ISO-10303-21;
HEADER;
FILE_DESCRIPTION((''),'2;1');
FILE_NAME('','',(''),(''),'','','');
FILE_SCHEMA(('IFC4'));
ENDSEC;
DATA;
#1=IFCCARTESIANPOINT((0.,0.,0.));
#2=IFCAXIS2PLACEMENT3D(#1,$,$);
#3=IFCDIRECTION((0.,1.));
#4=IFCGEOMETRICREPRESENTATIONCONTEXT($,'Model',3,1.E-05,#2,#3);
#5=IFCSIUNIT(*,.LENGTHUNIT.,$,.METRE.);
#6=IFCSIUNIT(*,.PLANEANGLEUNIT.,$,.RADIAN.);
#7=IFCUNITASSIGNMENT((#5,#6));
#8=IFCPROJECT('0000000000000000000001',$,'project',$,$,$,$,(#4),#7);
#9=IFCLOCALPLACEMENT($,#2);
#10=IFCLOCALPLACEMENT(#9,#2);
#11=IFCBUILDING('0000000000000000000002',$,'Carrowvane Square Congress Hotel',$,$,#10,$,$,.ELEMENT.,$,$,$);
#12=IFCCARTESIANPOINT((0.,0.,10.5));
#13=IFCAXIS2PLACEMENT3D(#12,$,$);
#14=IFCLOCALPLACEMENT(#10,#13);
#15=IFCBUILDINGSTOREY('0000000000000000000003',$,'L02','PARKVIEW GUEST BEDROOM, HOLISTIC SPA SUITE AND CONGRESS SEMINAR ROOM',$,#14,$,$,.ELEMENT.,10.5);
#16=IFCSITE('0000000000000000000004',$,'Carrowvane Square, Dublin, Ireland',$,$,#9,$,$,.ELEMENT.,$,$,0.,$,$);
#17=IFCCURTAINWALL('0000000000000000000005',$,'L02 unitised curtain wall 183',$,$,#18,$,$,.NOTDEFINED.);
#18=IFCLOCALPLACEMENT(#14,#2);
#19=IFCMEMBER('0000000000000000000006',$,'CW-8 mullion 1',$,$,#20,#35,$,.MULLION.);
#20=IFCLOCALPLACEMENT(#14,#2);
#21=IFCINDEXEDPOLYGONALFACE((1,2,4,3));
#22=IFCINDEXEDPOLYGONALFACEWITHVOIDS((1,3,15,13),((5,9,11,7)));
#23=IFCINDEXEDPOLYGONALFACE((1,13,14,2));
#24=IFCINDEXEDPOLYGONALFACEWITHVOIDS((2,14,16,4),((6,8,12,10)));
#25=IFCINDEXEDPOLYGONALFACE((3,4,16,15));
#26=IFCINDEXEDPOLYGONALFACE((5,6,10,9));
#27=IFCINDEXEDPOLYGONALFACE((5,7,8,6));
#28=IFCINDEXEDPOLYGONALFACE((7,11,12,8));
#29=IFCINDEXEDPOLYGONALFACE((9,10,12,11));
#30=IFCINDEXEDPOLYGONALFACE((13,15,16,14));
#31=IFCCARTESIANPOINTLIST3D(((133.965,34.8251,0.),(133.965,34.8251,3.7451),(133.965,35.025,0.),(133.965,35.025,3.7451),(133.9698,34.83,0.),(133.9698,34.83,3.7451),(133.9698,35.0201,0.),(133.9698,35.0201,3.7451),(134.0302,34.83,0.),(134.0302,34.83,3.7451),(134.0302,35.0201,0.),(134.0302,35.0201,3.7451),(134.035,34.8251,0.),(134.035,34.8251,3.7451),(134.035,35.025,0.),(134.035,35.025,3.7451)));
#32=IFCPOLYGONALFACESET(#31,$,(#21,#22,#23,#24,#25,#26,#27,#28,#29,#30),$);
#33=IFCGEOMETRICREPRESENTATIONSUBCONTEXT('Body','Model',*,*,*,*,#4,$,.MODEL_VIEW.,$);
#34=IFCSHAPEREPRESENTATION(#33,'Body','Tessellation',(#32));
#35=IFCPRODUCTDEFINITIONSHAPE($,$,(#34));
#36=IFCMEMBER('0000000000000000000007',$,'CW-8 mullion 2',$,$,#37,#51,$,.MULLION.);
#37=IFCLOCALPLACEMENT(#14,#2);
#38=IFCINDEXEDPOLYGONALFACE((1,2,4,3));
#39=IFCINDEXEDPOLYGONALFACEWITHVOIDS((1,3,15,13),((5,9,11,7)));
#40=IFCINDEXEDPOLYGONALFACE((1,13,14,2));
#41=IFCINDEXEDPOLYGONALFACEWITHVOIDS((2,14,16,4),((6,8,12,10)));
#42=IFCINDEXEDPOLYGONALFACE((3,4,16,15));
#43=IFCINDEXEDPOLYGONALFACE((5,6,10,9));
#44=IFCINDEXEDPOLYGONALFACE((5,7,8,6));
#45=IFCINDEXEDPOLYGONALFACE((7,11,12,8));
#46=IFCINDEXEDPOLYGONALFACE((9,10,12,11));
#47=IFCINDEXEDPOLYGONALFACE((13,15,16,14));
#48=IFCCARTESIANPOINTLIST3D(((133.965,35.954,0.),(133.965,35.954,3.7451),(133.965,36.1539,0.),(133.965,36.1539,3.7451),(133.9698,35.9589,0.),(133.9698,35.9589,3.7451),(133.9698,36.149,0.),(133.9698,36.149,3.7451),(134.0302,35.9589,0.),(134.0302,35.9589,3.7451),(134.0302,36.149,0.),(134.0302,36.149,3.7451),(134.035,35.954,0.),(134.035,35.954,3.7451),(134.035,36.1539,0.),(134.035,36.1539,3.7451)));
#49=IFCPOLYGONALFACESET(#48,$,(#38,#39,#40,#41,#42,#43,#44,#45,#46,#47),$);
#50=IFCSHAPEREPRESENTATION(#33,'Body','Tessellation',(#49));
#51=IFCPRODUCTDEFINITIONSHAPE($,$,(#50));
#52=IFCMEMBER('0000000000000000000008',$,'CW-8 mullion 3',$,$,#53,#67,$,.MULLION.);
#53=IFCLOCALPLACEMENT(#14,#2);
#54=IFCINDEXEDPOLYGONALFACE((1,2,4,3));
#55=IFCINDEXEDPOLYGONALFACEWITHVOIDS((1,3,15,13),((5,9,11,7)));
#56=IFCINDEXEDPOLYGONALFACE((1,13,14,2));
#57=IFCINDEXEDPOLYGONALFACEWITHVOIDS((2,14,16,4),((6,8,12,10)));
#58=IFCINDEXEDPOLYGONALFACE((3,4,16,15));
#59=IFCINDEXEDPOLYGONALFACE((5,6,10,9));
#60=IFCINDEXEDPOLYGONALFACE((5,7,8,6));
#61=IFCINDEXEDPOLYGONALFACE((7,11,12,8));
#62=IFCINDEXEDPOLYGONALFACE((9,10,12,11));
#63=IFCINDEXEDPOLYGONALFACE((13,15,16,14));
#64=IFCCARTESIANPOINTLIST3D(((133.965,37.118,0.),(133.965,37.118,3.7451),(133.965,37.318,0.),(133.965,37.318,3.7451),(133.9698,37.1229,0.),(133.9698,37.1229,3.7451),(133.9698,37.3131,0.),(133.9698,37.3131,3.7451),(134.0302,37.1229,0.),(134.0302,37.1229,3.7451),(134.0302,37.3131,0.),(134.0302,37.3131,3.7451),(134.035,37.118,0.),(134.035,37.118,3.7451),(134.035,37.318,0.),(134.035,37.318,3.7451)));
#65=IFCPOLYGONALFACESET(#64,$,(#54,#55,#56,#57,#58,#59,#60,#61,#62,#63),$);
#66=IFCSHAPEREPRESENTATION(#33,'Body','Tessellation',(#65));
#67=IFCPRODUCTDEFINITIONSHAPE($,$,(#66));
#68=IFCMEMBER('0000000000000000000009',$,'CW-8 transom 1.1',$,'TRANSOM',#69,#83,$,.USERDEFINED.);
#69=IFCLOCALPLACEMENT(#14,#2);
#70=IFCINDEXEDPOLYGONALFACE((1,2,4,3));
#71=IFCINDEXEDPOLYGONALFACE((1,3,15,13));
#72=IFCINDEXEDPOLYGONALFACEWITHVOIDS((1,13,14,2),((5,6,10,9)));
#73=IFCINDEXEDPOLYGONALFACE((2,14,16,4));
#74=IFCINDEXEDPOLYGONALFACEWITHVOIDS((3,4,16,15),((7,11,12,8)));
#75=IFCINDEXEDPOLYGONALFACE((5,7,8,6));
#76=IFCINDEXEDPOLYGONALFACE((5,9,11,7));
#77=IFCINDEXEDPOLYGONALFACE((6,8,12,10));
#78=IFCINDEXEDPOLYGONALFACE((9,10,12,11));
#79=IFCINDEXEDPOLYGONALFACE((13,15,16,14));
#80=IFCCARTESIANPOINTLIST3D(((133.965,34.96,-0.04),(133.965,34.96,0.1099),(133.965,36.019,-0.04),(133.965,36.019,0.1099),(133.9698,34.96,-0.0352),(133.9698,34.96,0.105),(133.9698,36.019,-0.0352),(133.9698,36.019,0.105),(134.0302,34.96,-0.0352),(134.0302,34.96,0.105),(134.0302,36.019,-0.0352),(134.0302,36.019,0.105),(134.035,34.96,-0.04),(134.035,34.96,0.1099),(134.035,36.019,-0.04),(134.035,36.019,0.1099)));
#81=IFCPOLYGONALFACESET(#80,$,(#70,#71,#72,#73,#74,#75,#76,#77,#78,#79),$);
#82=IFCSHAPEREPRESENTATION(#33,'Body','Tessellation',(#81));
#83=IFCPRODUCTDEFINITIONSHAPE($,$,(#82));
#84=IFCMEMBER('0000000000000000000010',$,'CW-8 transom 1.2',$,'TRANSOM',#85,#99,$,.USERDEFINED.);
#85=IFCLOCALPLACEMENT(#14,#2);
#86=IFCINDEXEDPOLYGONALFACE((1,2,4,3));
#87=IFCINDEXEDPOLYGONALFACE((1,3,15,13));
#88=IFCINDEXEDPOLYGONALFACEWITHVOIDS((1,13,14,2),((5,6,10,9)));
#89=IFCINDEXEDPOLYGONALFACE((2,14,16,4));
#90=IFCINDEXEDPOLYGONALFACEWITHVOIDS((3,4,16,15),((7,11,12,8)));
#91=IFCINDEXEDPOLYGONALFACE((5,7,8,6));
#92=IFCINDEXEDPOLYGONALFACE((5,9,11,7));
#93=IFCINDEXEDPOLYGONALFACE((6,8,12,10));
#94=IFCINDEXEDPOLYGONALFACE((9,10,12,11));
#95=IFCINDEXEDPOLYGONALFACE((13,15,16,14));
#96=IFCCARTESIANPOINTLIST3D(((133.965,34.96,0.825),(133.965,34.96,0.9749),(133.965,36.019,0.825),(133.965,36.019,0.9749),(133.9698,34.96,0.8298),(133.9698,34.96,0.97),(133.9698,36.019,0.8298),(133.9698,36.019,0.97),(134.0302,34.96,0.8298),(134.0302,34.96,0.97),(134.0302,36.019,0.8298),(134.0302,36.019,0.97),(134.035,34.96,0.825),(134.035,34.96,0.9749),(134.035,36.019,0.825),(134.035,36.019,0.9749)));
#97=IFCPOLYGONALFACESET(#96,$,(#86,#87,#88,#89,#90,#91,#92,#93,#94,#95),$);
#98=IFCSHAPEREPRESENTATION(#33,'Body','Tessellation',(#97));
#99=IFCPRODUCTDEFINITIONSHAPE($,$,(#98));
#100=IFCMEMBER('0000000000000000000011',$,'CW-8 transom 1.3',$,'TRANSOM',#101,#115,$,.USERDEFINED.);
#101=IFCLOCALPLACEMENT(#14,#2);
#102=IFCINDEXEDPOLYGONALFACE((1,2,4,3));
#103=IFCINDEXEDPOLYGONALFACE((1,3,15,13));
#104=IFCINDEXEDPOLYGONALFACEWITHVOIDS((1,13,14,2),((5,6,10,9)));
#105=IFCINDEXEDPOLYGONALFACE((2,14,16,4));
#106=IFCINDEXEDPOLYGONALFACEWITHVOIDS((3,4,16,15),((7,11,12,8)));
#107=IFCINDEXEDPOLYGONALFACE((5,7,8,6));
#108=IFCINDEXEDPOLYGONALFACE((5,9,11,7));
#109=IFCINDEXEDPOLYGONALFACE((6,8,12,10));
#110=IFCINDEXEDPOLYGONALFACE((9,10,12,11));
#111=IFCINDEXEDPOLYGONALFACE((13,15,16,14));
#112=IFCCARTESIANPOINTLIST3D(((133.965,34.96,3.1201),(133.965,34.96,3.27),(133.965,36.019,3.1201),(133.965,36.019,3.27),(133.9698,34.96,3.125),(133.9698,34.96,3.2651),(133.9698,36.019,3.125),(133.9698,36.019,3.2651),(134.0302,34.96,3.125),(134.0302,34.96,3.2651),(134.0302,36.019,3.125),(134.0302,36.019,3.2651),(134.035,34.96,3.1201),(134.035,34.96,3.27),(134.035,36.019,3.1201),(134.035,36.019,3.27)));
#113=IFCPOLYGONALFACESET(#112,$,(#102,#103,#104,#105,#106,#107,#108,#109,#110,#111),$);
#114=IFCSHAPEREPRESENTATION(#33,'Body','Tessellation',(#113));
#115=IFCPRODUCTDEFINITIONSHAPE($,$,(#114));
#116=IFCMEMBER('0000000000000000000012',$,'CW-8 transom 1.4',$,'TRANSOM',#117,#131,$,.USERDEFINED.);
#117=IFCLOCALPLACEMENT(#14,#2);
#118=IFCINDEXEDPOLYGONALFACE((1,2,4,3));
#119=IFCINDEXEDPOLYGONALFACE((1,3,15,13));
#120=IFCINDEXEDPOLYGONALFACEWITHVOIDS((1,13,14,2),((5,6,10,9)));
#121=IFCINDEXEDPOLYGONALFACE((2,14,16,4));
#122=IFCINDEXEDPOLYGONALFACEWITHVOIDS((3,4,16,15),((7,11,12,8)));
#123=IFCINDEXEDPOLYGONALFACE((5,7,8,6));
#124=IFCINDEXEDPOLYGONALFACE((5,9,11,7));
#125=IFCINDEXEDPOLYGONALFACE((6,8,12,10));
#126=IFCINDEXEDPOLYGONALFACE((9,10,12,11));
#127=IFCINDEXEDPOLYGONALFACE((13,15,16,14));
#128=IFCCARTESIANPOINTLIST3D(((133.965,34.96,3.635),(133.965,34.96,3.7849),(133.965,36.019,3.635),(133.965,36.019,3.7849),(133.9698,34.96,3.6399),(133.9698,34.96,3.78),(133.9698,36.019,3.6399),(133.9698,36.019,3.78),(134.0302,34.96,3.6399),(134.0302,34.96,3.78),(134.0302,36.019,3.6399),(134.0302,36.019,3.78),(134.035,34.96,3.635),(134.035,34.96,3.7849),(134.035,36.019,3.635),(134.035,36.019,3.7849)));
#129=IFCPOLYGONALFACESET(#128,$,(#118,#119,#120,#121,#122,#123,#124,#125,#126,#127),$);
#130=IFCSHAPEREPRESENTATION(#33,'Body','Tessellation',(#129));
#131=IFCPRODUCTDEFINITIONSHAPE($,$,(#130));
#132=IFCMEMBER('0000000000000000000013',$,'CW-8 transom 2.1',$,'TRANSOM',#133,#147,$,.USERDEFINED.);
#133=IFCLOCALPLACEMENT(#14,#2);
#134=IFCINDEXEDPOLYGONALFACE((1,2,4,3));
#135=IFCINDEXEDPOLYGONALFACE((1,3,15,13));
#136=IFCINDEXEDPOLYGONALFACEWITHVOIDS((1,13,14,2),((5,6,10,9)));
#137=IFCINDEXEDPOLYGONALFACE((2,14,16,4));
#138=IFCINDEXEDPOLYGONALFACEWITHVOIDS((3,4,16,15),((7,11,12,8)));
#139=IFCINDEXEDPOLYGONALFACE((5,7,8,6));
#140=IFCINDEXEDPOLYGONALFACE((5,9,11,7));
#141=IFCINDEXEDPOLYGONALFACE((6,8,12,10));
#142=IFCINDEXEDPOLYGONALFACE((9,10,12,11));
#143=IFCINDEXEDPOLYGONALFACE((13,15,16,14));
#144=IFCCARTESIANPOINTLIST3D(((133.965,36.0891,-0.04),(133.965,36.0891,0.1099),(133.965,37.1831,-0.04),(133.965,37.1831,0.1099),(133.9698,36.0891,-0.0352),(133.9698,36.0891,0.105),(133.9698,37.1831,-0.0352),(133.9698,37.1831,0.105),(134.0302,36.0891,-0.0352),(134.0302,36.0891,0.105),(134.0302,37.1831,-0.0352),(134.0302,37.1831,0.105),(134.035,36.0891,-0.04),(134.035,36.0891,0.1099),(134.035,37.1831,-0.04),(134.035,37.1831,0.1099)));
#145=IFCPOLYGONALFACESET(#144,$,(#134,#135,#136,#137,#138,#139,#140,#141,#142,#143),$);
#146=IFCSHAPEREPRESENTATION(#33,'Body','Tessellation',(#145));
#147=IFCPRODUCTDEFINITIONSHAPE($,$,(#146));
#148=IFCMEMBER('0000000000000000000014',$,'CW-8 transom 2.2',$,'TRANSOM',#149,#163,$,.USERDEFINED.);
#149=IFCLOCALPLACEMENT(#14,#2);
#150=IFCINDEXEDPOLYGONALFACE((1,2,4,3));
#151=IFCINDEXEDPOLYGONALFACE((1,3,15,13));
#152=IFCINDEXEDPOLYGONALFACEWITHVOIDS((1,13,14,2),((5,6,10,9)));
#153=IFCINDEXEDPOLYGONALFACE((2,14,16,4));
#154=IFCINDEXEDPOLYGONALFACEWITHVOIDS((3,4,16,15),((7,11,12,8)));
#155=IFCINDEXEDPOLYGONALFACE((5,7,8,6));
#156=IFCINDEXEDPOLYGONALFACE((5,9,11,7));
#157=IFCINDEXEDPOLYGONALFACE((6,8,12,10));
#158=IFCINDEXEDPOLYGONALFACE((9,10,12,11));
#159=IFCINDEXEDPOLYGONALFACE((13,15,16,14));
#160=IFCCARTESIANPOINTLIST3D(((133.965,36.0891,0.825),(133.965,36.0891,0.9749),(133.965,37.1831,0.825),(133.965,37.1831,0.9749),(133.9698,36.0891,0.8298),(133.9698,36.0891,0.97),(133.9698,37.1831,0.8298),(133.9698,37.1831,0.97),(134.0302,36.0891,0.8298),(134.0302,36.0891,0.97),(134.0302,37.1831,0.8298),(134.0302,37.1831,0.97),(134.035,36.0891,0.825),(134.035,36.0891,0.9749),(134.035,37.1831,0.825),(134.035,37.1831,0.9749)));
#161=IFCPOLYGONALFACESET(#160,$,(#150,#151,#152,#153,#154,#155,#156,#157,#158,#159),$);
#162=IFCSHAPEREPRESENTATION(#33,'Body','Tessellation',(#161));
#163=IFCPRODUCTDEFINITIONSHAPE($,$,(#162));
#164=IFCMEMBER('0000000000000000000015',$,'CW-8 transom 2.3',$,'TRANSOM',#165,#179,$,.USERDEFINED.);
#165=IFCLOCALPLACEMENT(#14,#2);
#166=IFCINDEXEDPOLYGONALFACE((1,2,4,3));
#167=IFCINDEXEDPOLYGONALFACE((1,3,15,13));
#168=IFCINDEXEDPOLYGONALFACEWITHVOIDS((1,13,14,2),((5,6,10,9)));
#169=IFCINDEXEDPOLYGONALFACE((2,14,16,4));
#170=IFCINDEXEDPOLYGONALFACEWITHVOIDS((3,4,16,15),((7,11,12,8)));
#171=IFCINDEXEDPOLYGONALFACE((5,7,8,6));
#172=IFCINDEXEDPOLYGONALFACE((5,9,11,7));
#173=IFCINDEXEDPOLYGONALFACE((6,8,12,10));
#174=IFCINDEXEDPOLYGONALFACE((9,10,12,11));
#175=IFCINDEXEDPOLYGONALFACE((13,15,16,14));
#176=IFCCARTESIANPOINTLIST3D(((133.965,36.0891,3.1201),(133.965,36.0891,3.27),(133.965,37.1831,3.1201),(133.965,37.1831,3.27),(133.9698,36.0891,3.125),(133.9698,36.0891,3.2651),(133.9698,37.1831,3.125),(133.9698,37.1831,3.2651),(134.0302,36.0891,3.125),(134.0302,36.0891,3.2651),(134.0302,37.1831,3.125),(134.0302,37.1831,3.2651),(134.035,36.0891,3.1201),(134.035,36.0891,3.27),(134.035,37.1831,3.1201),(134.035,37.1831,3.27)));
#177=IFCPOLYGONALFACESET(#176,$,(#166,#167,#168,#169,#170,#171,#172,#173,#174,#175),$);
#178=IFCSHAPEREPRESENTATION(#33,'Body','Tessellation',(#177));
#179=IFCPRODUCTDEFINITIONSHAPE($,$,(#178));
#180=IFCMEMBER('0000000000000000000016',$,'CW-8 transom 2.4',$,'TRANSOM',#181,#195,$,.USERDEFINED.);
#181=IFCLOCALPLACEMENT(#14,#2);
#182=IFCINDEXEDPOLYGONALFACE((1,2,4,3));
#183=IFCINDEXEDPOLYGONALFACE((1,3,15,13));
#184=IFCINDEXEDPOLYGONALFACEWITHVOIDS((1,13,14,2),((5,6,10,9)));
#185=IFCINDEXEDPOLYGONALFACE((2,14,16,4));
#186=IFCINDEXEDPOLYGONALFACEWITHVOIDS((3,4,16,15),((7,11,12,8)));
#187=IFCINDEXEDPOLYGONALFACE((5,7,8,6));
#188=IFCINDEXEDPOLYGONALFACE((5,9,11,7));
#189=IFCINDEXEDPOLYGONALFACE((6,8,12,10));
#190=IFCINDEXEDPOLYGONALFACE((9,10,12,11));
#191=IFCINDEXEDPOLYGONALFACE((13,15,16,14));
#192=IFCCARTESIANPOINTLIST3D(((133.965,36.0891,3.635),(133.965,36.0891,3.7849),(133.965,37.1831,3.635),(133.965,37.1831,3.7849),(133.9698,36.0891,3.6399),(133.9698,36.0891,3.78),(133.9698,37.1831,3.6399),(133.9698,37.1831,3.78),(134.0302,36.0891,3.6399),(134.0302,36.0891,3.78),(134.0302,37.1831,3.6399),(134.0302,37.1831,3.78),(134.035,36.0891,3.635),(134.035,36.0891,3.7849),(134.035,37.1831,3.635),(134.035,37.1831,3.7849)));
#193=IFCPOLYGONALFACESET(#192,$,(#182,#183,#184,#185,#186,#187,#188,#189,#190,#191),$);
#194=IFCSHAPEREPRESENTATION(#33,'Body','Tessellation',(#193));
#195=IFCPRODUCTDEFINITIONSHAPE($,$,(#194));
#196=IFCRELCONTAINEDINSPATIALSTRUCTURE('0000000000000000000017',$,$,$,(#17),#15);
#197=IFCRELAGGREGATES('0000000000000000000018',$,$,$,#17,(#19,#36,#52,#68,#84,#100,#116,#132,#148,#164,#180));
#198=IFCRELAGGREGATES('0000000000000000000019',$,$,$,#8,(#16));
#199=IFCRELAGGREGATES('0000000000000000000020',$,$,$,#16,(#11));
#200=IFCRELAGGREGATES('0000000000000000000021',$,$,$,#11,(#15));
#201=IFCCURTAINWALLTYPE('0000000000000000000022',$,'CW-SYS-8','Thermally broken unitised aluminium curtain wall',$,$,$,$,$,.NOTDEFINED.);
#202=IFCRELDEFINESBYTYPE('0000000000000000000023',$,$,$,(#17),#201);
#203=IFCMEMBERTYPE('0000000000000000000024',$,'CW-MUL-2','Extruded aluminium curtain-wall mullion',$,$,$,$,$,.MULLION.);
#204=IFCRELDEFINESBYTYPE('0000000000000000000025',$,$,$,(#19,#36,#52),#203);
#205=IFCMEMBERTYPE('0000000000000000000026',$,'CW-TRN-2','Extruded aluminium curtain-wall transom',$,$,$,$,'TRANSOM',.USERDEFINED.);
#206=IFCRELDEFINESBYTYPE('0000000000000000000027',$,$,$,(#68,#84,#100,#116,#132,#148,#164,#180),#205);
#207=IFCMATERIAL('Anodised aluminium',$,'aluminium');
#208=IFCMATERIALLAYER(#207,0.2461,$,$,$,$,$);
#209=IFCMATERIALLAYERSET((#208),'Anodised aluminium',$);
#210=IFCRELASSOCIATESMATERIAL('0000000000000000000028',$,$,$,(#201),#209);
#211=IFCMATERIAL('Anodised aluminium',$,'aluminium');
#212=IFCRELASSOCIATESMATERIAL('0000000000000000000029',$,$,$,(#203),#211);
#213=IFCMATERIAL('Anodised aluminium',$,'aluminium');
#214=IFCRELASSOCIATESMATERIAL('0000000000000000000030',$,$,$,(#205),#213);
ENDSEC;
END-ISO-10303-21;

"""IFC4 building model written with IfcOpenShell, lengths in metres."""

from ifc_helpers import new_model, si_unit, direction, frame, origin, origin_2d, place, context, subcontext, project, spatial, hollow_rectangle, extrude, material, layer, layer_set, material_profile, profile_set, type_object, element, aggregate, save


model = new_model("IFC4")

# Units and contexts
model_context = context("Model", 3, precision=1e-05, world=origin(), true_north=direction((0.0, 1.0)))
body_context = subcontext(model_context, "Body", "Model", "MODEL_VIEW")
ifc_project = project(units=[si_unit("LENGTHUNIT", "METRE"), si_unit("PLANEANGLEUNIT", "RADIAN")], contexts=[model_context])

# Site, building, storey
site_placement = place(None, origin())
site = spatial("IfcSite", under=ifc_project, at=site_placement, Name="Carrowvane Square, Dublin, Ireland", CompositionType="ELEMENT", RefElevation=0.0)
building_placement = place(site_placement, origin())
building = spatial("IfcBuilding", under=site, at=building_placement, Name="Carrowvane Square Congress Hotel", CompositionType="ELEMENT")
storey_placement = place(building_placement, frame((0.0, 0.0, 10.5)))
storey = spatial("IfcBuildingStorey", under=building, at=storey_placement, Name="L02", Description="PARKVIEW GUEST BEDROOM, HOLISTIC SPA SUITE AND CONGRESS SEMINAR ROOM", CompositionType="ELEMENT", Elevation=10.5)

# Curtain wall, members
ifc_material_1 = material(Name="Anodised aluminium", Category="aluminium")
ifc_layer_1 = layer(ifc_material_1, 0.2461)
ifc_layer_set_1 = layer_set([ifc_layer_1], Name="Anodised aluminium")
curtain_wall_type = type_object("IfcCurtainWallType", Name="CW-SYS-8", Description="Thermally broken unitised aluminium curtain wall", PredefinedType="NOTDEFINED", material=ifc_layer_set_1)
curtain_wall_placement = place(storey_placement, origin())
curtain_wall = element("IfcCurtainWall", 1, at=curtain_wall_placement, inside=storey, type_object=curtain_wall_type, Name="L02 unitised curtain wall 183", PredefinedType="NOTDEFINED")
ifc_material_2 = material(Name="Anodised aluminium", Category="aluminium")
ifc_material_profile_1 = material_profile(ifc_material_2, hollow_rectangle(XDim=0.0701, YDim=0.2, WallThickness=0.0049, at=origin_2d()), Name="CW-ML 70x200x5")
ifc_profile_set_1 = profile_set([ifc_material_profile_1], Name="Anodised aluminium")
member_type_1 = type_object("IfcMemberType", Name="CW-MUL-2", Description="Extruded aluminium curtain-wall mullion", PredefinedType="MULLION", material=ifc_profile_set_1)
member_1_placement = place(storey_placement, frame((134.0, 34.925, 0.0), z_axis=(0.0, 0.0, 1.0), x_axis=(-1.0, 0.0, 0.0)))
member_1 = element("IfcMember", 2, at=member_1_placement, type_object=member_type_1, Name="CW-8 mullion 1", PredefinedType="MULLION", context=body_context, shape_type="SweptSolid", body=[
    extrude(hollow_rectangle(XDim=0.0701, YDim=0.2, WallThickness=0.0049, at=origin_2d()), origin(), (0.0, 0.0, 1.0), 3.7451),
])
member_2_placement = place(storey_placement, frame((134.0, 36.054, 0.0), z_axis=(0.0, 0.0, 1.0), x_axis=(-1.0, 0.0, 0.0)))
member_2 = element("IfcMember", 3, at=member_2_placement, type_object=member_type_1, Name="CW-8 mullion 2", PredefinedType="MULLION", context=body_context, shape_type="SweptSolid", body=[
    extrude(hollow_rectangle(XDim=0.0701, YDim=0.2, WallThickness=0.0049, at=origin_2d()), origin(), (0.0, 0.0, 1.0), 3.7451),
])
member_3_placement = place(storey_placement, frame((134.0, 37.218, 0.0), z_axis=(0.0, 0.0, 1.0), x_axis=(-1.0, 0.0, 0.0)))
member_3 = element("IfcMember", 4, at=member_3_placement, type_object=member_type_1, Name="CW-8 mullion 3", PredefinedType="MULLION", context=body_context, shape_type="SweptSolid", body=[
    extrude(hollow_rectangle(XDim=0.0701, YDim=0.2, WallThickness=0.0049, at=origin_2d()), origin(), (0.0, 0.0, 1.0), 3.7451),
])
ifc_material_3 = material(Name="Anodised aluminium", Category="aluminium")
ifc_material_profile_2 = material_profile(ifc_material_3, hollow_rectangle(XDim=0.0701, YDim=0.1499, WallThickness=0.0049, at=origin_2d()), Name="CW-TR 70x150x5")
ifc_profile_set_2 = profile_set([ifc_material_profile_2], Name="Anodised aluminium")
member_type_2 = type_object("IfcMemberType", Name="CW-TRN-2", Description="Extruded aluminium curtain-wall transom", ElementType="TRANSOM", PredefinedType="USERDEFINED", material=ifc_profile_set_2)
member_4_placement = place(storey_placement, frame((134.0, 34.96, 0.0349), z_axis=(0.0, 1.0, 0.0), x_axis=(-1.0, 0.0, 0.0)))
member_4 = element("IfcMember", 5, at=member_4_placement, type_object=member_type_2, Name="CW-8 transom 1.1", ObjectType="TRANSOM", PredefinedType="USERDEFINED", context=body_context, shape_type="SweptSolid", body=[
    extrude(hollow_rectangle(XDim=0.0701, YDim=0.1499, WallThickness=0.0049, at=origin_2d()), origin(), (0.0, 0.0, 1.0), 1.0591),
])
member_5_placement = place(storey_placement, frame((134.0, 34.96, 0.8999), z_axis=(0.0, 1.0, 0.0), x_axis=(-1.0, 0.0, 0.0)))
member_5 = element("IfcMember", 6, at=member_5_placement, type_object=member_type_2, Name="CW-8 transom 1.2", ObjectType="TRANSOM", PredefinedType="USERDEFINED", context=body_context, shape_type="SweptSolid", body=[
    extrude(hollow_rectangle(XDim=0.0701, YDim=0.1499, WallThickness=0.0049, at=origin_2d()), origin(), (0.0, 0.0, 1.0), 1.0591),
])
member_6_placement = place(storey_placement, frame((134.0, 34.96, 3.1951), z_axis=(0.0, 1.0, 0.0), x_axis=(-1.0, 0.0, 0.0)))
member_6 = element("IfcMember", 7, at=member_6_placement, type_object=member_type_2, Name="CW-8 transom 1.3", ObjectType="TRANSOM", PredefinedType="USERDEFINED", context=body_context, shape_type="SweptSolid", body=[
    extrude(hollow_rectangle(XDim=0.0701, YDim=0.1499, WallThickness=0.0049, at=origin_2d()), origin(), (0.0, 0.0, 1.0), 1.0591),
])
member_7_placement = place(storey_placement, frame((134.0, 34.96, 3.71), z_axis=(0.0, 1.0, 0.0), x_axis=(-1.0, 0.0, 0.0)))
member_7 = element("IfcMember", 8, at=member_7_placement, type_object=member_type_2, Name="CW-8 transom 1.4", ObjectType="TRANSOM", PredefinedType="USERDEFINED", context=body_context, shape_type="SweptSolid", body=[
    extrude(hollow_rectangle(XDim=0.0701, YDim=0.1499, WallThickness=0.0049, at=origin_2d()), origin(), (0.0, 0.0, 1.0), 1.0591),
])
member_8_placement = place(storey_placement, frame((134.0, 36.0891, 0.0349), z_axis=(0.0, 1.0, 0.0), x_axis=(-1.0, 0.0, 0.0)))
member_8 = element("IfcMember", 9, at=member_8_placement, type_object=member_type_2, Name="CW-8 transom 2.1", ObjectType="TRANSOM", PredefinedType="USERDEFINED", context=body_context, shape_type="SweptSolid", body=[
    extrude(hollow_rectangle(XDim=0.0701, YDim=0.1499, WallThickness=0.0049, at=origin_2d()), origin(), (0.0, 0.0, 1.0), 1.094),
])
member_9_placement = place(storey_placement, frame((134.0, 36.0891, 0.8999), z_axis=(0.0, 1.0, 0.0), x_axis=(-1.0, 0.0, 0.0)))
member_9 = element("IfcMember", 10, at=member_9_placement, type_object=member_type_2, Name="CW-8 transom 2.2", ObjectType="TRANSOM", PredefinedType="USERDEFINED", context=body_context, shape_type="SweptSolid", body=[
    extrude(hollow_rectangle(XDim=0.0701, YDim=0.1499, WallThickness=0.0049, at=origin_2d()), origin(), (0.0, 0.0, 1.0), 1.094),
])
member_10_placement = place(storey_placement, frame((134.0, 36.0891, 3.1951), z_axis=(0.0, 1.0, 0.0), x_axis=(-1.0, 0.0, 0.0)))
member_10 = element("IfcMember", 11, at=member_10_placement, type_object=member_type_2, Name="CW-8 transom 2.3", ObjectType="TRANSOM", PredefinedType="USERDEFINED", context=body_context, shape_type="SweptSolid", body=[
    extrude(hollow_rectangle(XDim=0.0701, YDim=0.1499, WallThickness=0.0049, at=origin_2d()), origin(), (0.0, 0.0, 1.0), 1.094),
])
member_11_placement = place(storey_placement, frame((134.0, 36.0891, 3.71), z_axis=(0.0, 1.0, 0.0), x_axis=(-1.0, 0.0, 0.0)))
member_11 = element("IfcMember", 12, at=member_11_placement, type_object=member_type_2, Name="CW-8 transom 2.4", ObjectType="TRANSOM", PredefinedType="USERDEFINED", context=body_context, shape_type="SweptSolid", body=[
    extrude(hollow_rectangle(XDim=0.0701, YDim=0.1499, WallThickness=0.0049, at=origin_2d()), origin(), (0.0, 0.0, 1.0), 1.094),
])
aggregate(curtain_wall, [member_1, member_2, member_3, member_4, member_5, member_6, member_7, member_8, member_9, member_10, member_11])

save(model, "model.ifc")
